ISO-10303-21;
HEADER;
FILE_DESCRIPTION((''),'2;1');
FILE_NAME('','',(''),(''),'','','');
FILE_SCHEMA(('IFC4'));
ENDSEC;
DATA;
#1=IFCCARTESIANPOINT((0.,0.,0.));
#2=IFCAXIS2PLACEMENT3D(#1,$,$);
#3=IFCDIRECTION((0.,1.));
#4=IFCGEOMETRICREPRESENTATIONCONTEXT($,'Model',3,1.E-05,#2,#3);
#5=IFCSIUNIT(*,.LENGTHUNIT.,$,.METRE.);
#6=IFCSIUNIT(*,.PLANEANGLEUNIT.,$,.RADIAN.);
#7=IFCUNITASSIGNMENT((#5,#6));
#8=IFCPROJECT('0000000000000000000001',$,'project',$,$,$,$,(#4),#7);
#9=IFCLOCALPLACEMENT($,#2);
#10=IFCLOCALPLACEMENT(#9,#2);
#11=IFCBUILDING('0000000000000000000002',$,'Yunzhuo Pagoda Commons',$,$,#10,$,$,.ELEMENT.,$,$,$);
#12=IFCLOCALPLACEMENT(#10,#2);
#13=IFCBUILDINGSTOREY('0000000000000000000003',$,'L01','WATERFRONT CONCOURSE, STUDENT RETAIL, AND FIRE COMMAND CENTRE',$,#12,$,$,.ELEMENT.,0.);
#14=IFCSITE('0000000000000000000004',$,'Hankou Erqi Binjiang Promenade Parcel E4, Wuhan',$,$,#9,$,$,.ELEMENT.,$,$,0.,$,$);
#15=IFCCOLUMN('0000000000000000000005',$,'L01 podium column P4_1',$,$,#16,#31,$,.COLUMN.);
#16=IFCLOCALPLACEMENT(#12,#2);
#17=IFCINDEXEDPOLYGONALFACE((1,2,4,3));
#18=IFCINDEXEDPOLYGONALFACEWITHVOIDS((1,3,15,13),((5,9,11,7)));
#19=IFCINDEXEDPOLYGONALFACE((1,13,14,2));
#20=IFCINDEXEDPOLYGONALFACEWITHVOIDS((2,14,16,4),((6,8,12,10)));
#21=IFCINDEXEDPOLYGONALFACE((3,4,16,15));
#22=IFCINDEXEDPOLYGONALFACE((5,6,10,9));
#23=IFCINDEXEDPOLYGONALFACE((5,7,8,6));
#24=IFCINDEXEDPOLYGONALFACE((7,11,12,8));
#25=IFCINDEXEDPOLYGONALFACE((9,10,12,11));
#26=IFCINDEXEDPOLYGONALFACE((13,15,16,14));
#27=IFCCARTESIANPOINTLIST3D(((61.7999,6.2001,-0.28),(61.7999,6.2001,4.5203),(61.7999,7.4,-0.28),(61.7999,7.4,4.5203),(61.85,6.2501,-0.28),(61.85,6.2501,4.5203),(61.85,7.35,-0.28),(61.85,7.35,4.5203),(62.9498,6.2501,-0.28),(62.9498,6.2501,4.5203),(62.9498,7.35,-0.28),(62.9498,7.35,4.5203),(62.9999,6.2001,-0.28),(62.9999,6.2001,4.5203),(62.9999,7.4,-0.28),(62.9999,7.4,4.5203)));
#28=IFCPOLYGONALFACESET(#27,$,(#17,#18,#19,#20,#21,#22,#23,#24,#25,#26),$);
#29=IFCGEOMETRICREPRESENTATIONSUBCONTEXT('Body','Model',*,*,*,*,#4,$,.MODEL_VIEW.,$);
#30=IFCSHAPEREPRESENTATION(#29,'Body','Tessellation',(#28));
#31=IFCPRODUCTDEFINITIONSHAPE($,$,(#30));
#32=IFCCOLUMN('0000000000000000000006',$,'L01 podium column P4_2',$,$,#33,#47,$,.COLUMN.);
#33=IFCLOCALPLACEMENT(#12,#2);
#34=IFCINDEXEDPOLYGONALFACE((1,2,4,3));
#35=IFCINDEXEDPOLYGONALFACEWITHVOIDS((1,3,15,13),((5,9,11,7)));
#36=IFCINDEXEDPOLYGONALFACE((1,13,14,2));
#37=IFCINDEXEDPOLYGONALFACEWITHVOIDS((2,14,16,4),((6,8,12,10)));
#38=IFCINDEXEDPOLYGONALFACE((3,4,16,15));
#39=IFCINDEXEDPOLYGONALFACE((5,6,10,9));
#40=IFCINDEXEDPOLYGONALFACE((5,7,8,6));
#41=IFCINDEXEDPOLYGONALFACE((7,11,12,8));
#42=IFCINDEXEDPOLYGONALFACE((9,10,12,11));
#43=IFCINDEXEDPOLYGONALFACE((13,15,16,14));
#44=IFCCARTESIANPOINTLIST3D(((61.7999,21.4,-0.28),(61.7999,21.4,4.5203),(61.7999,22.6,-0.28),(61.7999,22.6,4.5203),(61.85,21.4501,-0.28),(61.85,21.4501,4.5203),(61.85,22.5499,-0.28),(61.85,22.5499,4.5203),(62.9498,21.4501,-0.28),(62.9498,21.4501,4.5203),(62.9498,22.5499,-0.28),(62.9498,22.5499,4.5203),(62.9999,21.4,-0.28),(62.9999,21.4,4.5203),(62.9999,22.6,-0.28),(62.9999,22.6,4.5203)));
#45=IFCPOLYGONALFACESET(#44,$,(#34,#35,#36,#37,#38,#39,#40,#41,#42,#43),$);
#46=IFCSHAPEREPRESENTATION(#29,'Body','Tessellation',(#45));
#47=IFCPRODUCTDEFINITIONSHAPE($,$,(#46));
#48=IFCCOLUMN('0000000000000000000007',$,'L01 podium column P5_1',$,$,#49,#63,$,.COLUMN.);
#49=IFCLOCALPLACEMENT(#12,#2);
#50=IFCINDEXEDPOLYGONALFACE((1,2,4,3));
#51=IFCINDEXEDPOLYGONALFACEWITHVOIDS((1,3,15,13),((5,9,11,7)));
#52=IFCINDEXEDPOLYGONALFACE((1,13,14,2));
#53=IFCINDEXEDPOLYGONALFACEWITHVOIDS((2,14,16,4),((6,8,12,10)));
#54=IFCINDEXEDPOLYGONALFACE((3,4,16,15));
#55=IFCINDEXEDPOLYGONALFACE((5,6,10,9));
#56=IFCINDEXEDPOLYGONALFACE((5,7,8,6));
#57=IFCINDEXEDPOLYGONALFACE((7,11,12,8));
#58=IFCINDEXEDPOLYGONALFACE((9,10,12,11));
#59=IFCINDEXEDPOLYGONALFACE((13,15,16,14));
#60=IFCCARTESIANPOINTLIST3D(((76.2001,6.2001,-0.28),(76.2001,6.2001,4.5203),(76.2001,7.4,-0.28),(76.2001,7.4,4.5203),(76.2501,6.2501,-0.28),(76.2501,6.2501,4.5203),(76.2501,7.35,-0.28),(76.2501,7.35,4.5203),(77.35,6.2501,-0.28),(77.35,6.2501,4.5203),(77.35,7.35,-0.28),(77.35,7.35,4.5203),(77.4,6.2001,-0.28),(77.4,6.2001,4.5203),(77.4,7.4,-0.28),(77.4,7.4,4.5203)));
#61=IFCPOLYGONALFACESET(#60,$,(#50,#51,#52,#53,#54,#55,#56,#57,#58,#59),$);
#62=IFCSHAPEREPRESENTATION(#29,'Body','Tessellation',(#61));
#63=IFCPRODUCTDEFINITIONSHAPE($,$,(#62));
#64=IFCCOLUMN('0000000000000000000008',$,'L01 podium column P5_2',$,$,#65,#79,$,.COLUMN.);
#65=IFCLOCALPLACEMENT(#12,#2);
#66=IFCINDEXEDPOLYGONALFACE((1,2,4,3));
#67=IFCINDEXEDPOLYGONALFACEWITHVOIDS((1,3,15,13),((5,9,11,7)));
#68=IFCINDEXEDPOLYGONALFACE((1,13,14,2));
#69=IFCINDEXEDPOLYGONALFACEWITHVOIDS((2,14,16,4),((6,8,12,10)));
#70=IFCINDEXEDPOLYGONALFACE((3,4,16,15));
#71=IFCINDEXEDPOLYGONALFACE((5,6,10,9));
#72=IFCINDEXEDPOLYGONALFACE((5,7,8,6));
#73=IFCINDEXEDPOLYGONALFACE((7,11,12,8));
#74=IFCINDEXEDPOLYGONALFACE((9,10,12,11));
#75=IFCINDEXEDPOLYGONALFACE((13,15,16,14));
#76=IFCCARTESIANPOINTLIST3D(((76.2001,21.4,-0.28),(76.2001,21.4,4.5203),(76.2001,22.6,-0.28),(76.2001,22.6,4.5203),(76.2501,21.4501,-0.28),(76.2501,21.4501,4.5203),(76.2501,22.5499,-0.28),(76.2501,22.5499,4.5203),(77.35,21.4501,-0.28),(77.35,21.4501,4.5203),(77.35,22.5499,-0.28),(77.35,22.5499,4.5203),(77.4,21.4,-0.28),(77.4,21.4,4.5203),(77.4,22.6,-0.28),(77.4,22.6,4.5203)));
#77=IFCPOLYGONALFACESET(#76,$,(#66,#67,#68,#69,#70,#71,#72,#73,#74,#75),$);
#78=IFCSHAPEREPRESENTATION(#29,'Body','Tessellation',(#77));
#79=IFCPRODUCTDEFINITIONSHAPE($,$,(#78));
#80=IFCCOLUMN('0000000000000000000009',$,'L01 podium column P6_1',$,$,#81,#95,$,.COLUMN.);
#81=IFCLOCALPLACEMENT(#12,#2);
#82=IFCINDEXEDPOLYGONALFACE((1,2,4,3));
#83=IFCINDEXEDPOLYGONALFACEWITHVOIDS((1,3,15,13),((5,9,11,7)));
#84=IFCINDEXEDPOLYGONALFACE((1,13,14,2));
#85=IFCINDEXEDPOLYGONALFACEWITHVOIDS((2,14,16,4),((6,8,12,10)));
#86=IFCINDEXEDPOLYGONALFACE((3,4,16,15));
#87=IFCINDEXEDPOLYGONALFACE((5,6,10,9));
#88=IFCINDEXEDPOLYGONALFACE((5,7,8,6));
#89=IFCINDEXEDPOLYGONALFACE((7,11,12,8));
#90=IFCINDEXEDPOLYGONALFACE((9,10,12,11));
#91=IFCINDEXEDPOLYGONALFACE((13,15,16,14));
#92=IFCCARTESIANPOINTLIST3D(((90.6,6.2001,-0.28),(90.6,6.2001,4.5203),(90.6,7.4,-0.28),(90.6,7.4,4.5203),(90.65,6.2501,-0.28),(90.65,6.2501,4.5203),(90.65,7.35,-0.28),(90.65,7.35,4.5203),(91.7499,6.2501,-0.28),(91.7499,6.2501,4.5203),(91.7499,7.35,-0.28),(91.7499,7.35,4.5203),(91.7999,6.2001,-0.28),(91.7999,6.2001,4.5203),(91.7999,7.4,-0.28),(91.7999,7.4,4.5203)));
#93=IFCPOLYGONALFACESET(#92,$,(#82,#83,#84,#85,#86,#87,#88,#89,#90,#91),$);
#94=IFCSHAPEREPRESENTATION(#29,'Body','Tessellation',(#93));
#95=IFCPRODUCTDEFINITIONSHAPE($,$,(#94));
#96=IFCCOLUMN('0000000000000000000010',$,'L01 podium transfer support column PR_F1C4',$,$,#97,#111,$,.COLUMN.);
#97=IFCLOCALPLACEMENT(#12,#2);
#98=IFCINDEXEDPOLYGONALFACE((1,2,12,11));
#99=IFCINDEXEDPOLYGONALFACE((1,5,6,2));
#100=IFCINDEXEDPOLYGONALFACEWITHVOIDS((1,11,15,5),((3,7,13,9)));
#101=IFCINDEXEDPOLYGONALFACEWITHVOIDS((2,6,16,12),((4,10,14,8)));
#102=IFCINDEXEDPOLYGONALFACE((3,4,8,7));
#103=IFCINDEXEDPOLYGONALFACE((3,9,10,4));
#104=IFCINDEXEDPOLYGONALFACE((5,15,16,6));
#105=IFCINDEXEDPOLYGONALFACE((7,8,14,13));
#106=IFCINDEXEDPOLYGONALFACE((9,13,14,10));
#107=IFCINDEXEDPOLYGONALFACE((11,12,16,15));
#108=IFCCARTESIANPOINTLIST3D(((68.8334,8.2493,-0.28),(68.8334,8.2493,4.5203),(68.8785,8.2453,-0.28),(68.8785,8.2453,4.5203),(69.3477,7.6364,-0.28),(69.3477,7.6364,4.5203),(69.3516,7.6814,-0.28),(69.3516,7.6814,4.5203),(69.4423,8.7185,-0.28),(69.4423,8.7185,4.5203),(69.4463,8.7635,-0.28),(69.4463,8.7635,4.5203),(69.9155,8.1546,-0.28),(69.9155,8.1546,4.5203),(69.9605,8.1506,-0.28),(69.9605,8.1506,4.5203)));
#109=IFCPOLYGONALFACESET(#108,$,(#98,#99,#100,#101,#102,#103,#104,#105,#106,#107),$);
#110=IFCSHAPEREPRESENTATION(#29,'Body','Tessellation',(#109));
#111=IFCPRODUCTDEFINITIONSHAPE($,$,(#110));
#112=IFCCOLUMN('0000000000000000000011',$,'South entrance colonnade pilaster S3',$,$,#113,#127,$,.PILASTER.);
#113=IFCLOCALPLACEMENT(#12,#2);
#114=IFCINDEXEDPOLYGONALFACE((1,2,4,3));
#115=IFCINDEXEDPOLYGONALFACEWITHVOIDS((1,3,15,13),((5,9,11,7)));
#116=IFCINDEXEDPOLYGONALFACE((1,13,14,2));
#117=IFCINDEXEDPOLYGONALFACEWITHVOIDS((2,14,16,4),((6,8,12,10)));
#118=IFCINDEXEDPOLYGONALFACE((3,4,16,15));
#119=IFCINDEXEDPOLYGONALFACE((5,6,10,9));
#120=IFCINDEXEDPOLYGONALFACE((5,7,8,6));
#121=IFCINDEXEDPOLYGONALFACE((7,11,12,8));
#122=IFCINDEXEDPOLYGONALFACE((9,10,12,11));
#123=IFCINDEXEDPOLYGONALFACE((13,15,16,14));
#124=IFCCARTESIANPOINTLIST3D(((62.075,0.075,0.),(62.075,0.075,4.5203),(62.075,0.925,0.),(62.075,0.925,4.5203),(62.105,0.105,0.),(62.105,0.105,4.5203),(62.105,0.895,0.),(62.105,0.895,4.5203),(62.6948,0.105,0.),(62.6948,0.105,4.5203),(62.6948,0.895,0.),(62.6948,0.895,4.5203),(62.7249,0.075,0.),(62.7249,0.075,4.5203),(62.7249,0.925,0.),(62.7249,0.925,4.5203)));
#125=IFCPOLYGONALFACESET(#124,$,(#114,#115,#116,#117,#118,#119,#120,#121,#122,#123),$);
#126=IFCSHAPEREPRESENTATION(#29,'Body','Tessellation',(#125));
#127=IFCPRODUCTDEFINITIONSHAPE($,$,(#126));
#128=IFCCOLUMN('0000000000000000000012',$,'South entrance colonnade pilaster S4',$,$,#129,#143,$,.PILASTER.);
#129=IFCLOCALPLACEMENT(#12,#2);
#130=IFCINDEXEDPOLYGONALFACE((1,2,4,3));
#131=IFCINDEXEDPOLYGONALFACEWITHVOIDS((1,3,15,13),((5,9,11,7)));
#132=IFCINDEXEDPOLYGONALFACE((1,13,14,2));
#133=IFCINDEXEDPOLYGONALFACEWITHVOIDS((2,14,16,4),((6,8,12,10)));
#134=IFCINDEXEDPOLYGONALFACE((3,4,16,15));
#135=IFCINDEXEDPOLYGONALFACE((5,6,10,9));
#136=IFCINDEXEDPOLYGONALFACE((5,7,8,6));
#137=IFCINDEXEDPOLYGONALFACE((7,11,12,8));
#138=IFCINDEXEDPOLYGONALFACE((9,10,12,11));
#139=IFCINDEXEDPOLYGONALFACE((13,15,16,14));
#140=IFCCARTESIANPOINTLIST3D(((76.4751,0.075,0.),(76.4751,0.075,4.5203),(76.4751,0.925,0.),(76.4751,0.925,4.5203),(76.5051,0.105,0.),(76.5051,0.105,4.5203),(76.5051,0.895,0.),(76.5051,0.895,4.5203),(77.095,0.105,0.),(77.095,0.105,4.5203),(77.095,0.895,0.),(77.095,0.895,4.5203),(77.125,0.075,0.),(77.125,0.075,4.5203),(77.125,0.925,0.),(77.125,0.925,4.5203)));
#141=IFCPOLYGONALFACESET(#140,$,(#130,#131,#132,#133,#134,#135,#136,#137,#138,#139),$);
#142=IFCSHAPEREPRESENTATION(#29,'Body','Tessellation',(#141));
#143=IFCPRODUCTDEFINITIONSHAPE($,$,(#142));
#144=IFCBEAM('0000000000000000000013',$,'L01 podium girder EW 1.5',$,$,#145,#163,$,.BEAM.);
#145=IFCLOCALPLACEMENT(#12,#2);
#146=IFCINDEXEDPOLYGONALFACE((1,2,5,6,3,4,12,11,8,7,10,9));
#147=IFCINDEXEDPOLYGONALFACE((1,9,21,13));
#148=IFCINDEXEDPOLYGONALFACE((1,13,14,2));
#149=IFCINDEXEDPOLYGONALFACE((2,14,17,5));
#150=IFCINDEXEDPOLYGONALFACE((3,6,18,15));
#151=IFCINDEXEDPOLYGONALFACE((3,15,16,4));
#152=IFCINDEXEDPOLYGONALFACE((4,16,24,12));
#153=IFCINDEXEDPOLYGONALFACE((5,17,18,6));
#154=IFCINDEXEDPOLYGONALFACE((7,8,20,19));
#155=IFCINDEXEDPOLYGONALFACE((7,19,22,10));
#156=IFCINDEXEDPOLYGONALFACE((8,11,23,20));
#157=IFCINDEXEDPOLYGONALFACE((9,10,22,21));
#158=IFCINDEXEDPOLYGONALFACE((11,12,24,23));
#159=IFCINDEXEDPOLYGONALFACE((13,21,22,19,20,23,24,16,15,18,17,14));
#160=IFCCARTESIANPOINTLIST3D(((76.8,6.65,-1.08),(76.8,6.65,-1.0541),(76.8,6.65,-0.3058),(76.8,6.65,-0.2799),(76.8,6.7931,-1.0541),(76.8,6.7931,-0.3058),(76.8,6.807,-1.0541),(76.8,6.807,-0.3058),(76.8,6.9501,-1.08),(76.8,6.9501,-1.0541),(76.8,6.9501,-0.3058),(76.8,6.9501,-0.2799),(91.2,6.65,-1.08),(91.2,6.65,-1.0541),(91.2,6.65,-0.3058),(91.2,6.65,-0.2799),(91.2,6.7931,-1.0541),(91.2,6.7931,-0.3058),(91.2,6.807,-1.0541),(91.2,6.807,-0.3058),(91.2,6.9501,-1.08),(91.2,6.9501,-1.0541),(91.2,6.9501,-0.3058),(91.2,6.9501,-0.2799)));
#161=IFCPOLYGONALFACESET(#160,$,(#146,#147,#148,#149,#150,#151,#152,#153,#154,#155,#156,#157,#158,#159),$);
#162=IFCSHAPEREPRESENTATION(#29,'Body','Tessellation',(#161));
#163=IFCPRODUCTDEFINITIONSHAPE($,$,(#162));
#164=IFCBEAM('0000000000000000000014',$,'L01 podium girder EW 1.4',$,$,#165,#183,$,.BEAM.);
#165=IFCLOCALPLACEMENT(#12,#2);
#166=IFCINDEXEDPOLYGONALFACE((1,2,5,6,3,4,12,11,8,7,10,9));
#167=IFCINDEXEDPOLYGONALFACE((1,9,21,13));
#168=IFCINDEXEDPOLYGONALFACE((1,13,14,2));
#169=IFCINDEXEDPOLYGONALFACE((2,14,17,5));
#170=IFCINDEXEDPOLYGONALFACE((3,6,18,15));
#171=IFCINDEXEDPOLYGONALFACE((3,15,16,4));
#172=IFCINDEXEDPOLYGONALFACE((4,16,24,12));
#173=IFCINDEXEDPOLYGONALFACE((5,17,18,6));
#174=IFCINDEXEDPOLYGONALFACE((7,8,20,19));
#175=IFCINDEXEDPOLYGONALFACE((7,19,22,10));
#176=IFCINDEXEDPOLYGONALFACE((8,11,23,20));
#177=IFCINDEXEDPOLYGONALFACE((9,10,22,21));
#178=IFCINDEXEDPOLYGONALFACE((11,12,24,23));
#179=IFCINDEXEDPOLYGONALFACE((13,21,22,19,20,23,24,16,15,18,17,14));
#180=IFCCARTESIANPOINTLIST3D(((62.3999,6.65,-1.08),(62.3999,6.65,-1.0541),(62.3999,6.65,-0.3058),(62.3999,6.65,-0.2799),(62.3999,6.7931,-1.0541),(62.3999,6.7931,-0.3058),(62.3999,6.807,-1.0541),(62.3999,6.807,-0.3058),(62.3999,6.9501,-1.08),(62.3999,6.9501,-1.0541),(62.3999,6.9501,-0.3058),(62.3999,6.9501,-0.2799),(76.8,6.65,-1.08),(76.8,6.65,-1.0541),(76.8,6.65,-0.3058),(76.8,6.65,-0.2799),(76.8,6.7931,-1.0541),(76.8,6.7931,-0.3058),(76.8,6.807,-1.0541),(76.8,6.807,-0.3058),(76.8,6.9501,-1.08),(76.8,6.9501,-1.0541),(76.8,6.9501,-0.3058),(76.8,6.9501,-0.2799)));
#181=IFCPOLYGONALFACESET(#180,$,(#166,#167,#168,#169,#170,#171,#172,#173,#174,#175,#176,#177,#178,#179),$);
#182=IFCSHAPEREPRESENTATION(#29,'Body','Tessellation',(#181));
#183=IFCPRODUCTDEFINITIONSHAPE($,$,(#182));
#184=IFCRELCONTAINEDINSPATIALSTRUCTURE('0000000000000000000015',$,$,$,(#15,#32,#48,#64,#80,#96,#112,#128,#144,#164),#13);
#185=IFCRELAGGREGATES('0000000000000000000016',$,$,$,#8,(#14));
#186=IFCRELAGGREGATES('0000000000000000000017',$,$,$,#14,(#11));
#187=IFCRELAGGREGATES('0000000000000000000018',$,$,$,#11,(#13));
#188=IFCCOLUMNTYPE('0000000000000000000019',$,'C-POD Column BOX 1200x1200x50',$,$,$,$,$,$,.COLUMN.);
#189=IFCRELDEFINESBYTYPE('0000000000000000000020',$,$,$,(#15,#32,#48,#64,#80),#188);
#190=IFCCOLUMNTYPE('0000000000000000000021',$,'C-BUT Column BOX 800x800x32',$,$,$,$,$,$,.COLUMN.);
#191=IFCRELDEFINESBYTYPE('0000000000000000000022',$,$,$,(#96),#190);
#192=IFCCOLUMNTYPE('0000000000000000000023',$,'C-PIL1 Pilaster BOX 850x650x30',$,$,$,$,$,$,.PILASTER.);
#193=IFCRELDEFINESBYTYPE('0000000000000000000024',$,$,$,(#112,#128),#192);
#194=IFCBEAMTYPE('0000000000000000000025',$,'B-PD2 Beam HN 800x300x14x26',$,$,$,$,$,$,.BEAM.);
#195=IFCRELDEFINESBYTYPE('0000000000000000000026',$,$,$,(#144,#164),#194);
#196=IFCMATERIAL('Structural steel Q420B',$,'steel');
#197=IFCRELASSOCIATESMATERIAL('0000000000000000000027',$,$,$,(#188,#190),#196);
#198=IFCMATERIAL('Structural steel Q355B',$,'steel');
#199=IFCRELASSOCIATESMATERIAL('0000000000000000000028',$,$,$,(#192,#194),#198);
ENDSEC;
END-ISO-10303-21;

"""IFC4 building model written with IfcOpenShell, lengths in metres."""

from ifc_helpers import new_model, si_unit, direction, frame, origin, origin_2d, place, context, subcontext, project, spatial, hollow_rectangle, i_section, extrude, source, transform, mapped, material, material_profile, profile_set, type_object, element, save


model = new_model("IFC4")

# Units and contexts
model_context = context("Model", 3, precision=1e-05, world=origin(), true_north=direction((0.0, 1.0)))
body_context = subcontext(model_context, "Body", "Model", "MODEL_VIEW")
ifc_project = project(units=[si_unit("LENGTHUNIT", "METRE"), si_unit("PLANEANGLEUNIT", "RADIAN")], contexts=[model_context])

# Site, building, storey
site_placement = place(None, origin())
site = spatial("IfcSite", under=ifc_project, at=site_placement, Name="Hankou Erqi Binjiang Promenade Parcel E4, Wuhan", CompositionType="ELEMENT", RefElevation=0.0)
building_placement = place(site_placement, origin())
building = spatial("IfcBuilding", under=site, at=building_placement, Name="Yunzhuo Pagoda Commons", CompositionType="ELEMENT")
storey_placement = place(building_placement, origin())
storey = spatial("IfcBuildingStorey", under=building, at=storey_placement, Name="L01", Description="WATERFRONT CONCOURSE, STUDENT RETAIL, AND FIRE COMMAND CENTRE", CompositionType="ELEMENT", Elevation=0.0)

# Columns
ifc_material_1 = material(Name="Structural steel Q420B", Category="steel")
ifc_material_profile_1 = material_profile(ifc_material_1, hollow_rectangle(XDim=1.2, YDim=1.2, WallThickness=0.05, at=origin_2d()), Name="Structural steel Q420B")
ifc_profile_set_1 = profile_set([ifc_material_profile_1], Name="Structural steel Q420B")
column_type_1 = type_object("IfcColumnType", Name="C-POD Column BOX 1200x1200x50", PredefinedType="COLUMN", material=ifc_profile_set_1)
shared_shape_1 = source(origin(), body_context, "Body", "SweptSolid", [
    extrude(hollow_rectangle(XDim=1.2, YDim=1.2, WallThickness=0.05, at=origin_2d()), origin(), (0.0, 0.0, 1.0), 4.8003),
])
for number, where, z_axis, x_axis, name in (
    (1, (62.3999, 6.8, -0.28), (0.0, 0.0, 1.0), (1.0, 0.0, 0.0), "L01 podium column P4_1"),
    (2, (62.3999, 22.0, -0.28), (0.0, 0.0, 1.0), (1.0, 0.0, 0.0), "L01 podium column P4_2"),
    (3, (76.8, 6.8, -0.28), (0.0, 0.0, 1.0), (1.0, 0.0, 0.0), "L01 podium column P5_1"),
    (4, (76.8, 22.0, -0.28), (0.0, 0.0, 1.0), (1.0, 0.0, 0.0), "L01 podium column P5_2"),
    (5, (91.2, 6.8, -0.28), (0.0, 0.0, 1.0), (1.0, 0.0, 0.0), "L01 podium column P6_1"),
):
    element("IfcColumn", number, at=place(storey_placement, frame(where, z_axis=z_axis, x_axis=x_axis)), inside=storey, type_object=column_type_1, Name=name, PredefinedType="COLUMN", context=body_context, shape_type="MappedRepresentation", body=[
        mapped(shared_shape_1, transform((0.0, 0.0, 0.0), scale=1.0)),
    ])
ifc_material_profile_2 = material_profile(ifc_material_1, hollow_rectangle(XDim=0.8, YDim=0.8, WallThickness=0.032, at=origin_2d()), Name="Structural steel Q420B")
ifc_profile_set_2 = profile_set([ifc_material_profile_2], Name="Structural steel Q420B")
column_type_2 = type_object("IfcColumnType", Name="C-BUT Column BOX 800x800x32", PredefinedType="COLUMN", material=ifc_profile_set_2)
shared_shape_2 = source(origin(), body_context, "Body", "SweptSolid", [
    extrude(hollow_rectangle(XDim=0.8, YDim=0.8, WallThickness=0.032, at=origin_2d()), origin(), (0.0, 0.0, 1.0), 4.8003),
])
column_placement = place(storey_placement, frame((69.397, 8.2, -0.28), z_axis=(0.0, 0.0, 1.0), x_axis=(0.766044, 0.642788, 0.0)))
element("IfcColumn", 6, at=column_placement, inside=storey, type_object=column_type_2, Name="L01 podium transfer support column PR_F1C4", PredefinedType="COLUMN", context=body_context, shape_type="MappedRepresentation", body=[
    mapped(shared_shape_2, transform((0.0, 0.0, 0.0), scale=1.0)),
])
ifc_material_2 = material(Name="Structural steel Q355B", Category="steel")
ifc_material_profile_3 = material_profile(ifc_material_2, hollow_rectangle(XDim=0.6499, YDim=0.8501, WallThickness=0.03, at=origin_2d()), Name="Structural steel Q355B")
ifc_profile_set_3 = profile_set([ifc_material_profile_3], Name="Structural steel Q355B")
column_type_3 = type_object("IfcColumnType", Name="C-PIL1 Pilaster BOX 850x650x30", PredefinedType="PILASTER", material=ifc_profile_set_3)
shared_shape_3 = source(origin(), body_context, "Body", "SweptSolid", [
    extrude(hollow_rectangle(XDim=0.6499, YDim=0.8501, WallThickness=0.03, at=origin_2d()), origin(), (0.0, 0.0, 1.0), 4.5203),
])
for number, where, z_axis, x_axis, name in (
    (7, (62.3999, 0.5, 0.0), (0.0, 0.0, 1.0), (1.0, 0.0, 0.0), "South entrance colonnade pilaster S3"),
    (8, (76.8, 0.5, 0.0), (0.0, 0.0, 1.0), (1.0, 0.0, 0.0), "South entrance colonnade pilaster S4"),
):
    element("IfcColumn", number, at=place(storey_placement, frame(where, z_axis=z_axis, x_axis=x_axis)), inside=storey, type_object=column_type_3, Name=name, PredefinedType="PILASTER", context=body_context, shape_type="MappedRepresentation", body=[
        mapped(shared_shape_3, transform((0.0, 0.0, 0.0), scale=1.0)),
    ])

# Beams
ifc_material_profile_4 = material_profile(ifc_material_2, i_section(OverallWidth=0.3, OverallDepth=0.8, WebThickness=0.0139, FlangeThickness=0.0259, at=origin_2d()), Name="Structural steel Q355B")
ifc_profile_set_4 = profile_set([ifc_material_profile_4], Name="Structural steel Q355B")
beam_type_1 = type_object("IfcBeamType", Name="B-PD2 Beam HN 800x300x14x26", PredefinedType="BEAM", material=ifc_profile_set_4)
shared_shape_4 = source(origin(), body_context, "Body", "SweptSolid", [
    extrude(i_section(OverallWidth=0.3, OverallDepth=0.8, WebThickness=0.0139, FlangeThickness=0.0259, at=origin_2d()), origin(), (0.0, 0.0, 1.0), 14.3999),
])
beam_1_placement = place(storey_placement, frame((76.8, 6.8, -0.6799), z_axis=(1.0, 0.0, 0.0), x_axis=(0.0, 1.0, 0.0)))
element("IfcBeam", 9, at=beam_1_placement, inside=storey, type_object=beam_type_1, Name="L01 podium girder EW 1.5", PredefinedType="BEAM", context=body_context, shape_type="MappedRepresentation", body=[
    mapped(shared_shape_4, transform((0.0, 0.0, 0.0), scale=1.0)),
])
shared_shape_5 = source(origin(), body_context, "Body", "SweptSolid", [
    extrude(i_section(OverallWidth=0.3, OverallDepth=0.8, WebThickness=0.0139, FlangeThickness=0.0259, at=origin_2d()), origin(), (0.0, 0.0, 1.0), 14.4001),
])
beam_2_placement = place(storey_placement, frame((62.3999, 6.8, -0.6799), z_axis=(1.0, 0.0, 0.0), x_axis=(0.0, 1.0, 0.0)))
element("IfcBeam", 10, at=beam_2_placement, inside=storey, type_object=beam_type_1, Name="L01 podium girder EW 1.4", PredefinedType="BEAM", context=body_context, shape_type="MappedRepresentation", body=[
    mapped(shared_shape_5, transform((0.0, 0.0, 0.0), scale=1.0)),
])

save(model, "model.ifc")
